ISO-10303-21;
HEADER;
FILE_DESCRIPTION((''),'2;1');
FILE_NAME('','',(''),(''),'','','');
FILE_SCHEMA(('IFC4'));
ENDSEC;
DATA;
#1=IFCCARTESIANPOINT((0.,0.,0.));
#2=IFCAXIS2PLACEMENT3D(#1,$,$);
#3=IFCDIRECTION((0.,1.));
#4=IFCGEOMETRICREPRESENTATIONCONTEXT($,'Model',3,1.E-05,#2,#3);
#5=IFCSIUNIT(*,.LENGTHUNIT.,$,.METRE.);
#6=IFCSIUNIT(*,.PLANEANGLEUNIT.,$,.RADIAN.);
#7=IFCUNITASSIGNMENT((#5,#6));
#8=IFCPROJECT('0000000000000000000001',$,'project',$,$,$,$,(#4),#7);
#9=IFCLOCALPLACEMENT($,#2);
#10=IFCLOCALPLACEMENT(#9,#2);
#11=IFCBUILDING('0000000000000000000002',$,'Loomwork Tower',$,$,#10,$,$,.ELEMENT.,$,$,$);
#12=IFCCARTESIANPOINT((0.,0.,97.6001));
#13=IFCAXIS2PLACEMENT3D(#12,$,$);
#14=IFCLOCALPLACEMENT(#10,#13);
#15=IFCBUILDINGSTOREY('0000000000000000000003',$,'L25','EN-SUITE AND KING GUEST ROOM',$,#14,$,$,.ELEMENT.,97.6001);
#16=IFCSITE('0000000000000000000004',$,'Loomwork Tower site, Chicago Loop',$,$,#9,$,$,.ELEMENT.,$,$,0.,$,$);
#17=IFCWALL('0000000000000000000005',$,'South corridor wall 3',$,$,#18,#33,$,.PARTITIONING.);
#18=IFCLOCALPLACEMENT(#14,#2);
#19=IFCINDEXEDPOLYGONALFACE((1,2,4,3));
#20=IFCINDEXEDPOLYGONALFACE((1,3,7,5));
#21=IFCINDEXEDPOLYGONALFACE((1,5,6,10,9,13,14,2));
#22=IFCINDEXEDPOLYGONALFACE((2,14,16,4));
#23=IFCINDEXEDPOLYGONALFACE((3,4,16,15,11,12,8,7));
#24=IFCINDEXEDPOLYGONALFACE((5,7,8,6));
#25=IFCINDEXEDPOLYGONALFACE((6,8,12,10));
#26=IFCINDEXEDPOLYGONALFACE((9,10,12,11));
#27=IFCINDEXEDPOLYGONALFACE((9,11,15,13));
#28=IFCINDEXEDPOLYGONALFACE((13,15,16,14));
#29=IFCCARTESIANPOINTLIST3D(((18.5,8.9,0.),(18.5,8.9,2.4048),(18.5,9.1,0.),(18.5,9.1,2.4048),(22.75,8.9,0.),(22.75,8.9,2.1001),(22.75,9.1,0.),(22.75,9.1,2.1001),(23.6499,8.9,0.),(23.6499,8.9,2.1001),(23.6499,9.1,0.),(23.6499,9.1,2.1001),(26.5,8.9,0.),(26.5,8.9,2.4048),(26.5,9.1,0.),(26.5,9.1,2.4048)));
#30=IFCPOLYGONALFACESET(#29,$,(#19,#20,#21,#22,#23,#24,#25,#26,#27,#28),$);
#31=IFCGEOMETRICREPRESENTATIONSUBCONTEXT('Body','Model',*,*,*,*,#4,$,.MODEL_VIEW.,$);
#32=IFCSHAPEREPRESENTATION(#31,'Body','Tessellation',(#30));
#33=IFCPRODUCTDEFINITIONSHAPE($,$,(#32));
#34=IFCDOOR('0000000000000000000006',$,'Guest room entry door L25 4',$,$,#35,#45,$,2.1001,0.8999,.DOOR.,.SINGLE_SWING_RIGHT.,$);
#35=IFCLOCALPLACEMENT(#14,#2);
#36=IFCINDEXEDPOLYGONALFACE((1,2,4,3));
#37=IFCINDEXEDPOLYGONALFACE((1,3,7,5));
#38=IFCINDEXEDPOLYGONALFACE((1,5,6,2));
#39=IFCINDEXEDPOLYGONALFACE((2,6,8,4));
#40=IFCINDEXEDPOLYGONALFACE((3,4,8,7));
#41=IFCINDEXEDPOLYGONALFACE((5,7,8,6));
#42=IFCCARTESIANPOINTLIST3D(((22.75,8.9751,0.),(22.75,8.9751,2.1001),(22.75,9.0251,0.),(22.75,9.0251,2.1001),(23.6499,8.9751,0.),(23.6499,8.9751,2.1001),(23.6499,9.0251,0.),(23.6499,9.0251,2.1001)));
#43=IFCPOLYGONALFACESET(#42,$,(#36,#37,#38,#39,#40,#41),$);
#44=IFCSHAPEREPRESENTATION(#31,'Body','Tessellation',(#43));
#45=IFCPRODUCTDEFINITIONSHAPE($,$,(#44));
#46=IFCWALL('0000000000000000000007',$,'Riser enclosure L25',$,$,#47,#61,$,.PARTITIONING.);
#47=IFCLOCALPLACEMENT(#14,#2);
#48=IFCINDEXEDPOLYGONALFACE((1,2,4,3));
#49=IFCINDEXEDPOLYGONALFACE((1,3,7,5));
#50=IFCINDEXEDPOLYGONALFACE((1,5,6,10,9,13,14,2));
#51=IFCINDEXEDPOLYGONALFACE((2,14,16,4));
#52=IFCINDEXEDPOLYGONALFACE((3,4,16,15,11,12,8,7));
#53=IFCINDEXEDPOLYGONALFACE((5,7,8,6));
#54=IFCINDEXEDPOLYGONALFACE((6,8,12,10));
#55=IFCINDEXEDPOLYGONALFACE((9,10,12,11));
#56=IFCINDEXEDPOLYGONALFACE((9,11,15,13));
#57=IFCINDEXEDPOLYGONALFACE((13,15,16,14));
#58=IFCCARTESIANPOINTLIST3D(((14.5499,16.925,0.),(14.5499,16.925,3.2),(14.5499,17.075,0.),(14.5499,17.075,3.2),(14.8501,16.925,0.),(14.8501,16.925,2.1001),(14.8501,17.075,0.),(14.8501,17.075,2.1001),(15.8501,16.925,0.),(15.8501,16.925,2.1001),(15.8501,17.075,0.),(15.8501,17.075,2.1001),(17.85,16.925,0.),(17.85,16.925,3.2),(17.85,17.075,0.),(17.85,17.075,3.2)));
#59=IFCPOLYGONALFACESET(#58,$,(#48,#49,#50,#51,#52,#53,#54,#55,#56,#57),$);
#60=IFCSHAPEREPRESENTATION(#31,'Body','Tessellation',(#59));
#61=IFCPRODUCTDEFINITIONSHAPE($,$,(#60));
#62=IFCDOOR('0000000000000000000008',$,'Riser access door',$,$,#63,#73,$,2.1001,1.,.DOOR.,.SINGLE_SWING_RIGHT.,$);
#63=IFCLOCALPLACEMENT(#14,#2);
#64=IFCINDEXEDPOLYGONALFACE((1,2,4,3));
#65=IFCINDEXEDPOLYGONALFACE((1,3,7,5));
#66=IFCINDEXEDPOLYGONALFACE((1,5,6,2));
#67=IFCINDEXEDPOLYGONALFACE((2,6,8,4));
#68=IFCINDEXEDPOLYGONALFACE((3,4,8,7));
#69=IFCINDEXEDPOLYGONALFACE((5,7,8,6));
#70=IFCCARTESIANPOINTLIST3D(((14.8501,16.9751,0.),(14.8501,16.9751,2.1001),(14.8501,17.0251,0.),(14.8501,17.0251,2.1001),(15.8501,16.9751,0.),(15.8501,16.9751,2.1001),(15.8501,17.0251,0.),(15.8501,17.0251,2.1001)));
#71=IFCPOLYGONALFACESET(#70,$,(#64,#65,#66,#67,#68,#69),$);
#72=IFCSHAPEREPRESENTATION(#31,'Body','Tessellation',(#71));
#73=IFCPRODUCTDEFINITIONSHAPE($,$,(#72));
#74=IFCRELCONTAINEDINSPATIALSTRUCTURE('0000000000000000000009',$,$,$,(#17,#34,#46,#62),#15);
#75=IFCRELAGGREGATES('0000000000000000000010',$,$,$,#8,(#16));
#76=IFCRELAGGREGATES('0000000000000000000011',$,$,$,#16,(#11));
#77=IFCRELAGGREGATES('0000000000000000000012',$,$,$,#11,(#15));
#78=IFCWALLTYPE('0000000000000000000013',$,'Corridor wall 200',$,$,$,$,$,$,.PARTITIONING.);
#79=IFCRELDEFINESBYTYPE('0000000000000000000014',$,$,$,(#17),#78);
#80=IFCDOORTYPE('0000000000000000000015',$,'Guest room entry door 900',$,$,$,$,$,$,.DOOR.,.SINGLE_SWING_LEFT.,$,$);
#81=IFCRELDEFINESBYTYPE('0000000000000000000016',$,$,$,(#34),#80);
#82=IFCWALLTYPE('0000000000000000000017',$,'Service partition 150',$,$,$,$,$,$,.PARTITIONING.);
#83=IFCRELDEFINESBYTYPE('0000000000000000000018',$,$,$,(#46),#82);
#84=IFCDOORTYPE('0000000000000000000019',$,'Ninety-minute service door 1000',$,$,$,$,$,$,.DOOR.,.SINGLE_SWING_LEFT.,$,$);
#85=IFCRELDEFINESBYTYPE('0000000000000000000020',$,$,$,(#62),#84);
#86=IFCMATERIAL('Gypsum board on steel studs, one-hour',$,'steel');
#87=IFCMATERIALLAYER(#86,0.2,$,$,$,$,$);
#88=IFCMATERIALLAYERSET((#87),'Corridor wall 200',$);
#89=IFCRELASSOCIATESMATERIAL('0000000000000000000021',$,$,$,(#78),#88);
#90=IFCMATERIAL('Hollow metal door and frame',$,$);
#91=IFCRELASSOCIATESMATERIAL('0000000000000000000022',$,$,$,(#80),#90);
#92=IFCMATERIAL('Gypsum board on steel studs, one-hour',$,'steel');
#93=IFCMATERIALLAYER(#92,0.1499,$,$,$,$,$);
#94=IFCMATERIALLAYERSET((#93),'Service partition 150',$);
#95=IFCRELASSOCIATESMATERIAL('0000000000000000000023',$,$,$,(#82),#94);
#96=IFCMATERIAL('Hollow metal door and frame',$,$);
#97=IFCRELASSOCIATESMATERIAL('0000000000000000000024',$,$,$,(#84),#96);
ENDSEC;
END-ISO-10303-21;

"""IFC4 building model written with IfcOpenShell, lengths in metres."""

from ifc_helpers import new_model, si_unit, direction, frame, frame_2d, origin, place, context, subcontext, project, spatial, rectangle, extrude, material, layer, layer_set, type_object, element, fill, save


model = new_model("IFC4")

# Units and contexts
model_context = context("Model", 3, precision=1e-05, world=origin(), true_north=direction((0.0, 1.0)))
body_context = subcontext(model_context, "Body", "Model", "MODEL_VIEW")
ifc_project = project(units=[si_unit("LENGTHUNIT", "METRE"), si_unit("PLANEANGLEUNIT", "RADIAN")], contexts=[model_context])

# Site, building, storey
site_placement = place(None, origin())
site = spatial("IfcSite", under=ifc_project, at=site_placement, Name="Loomwork Tower site, Chicago Loop", CompositionType="ELEMENT", RefElevation=0.0)
building_placement = place(site_placement, origin())
building = spatial("IfcBuilding", under=site, at=building_placement, Name="Loomwork Tower", CompositionType="ELEMENT")
storey_placement = place(building_placement, frame((0.0, 0.0, 97.6001)))
storey = spatial("IfcBuildingStorey", under=building, at=storey_placement, Name="L25", Description="EN-SUITE AND KING GUEST ROOM", CompositionType="ELEMENT", Elevation=97.6001)

# Walls, openings, doors
ifc_material_1 = material(Name="Gypsum board on steel studs, one-hour", Category="steel")
ifc_layer_1 = layer(ifc_material_1, 0.2)
ifc_layer_set_1 = layer_set([ifc_layer_1], Name="Corridor wall 200")
wall_type_1 = type_object("IfcWallType", Name="Corridor wall 200", PredefinedType="PARTITIONING", material=ifc_layer_set_1)
wall_1_placement = place(storey_placement, frame((18.5, 9.0, 0.0), z_axis=(0.0, 0.0, 1.0), x_axis=(1.0, 0.0, 0.0)))
wall_1 = element("IfcWall", 1, at=wall_1_placement, inside=storey, type_object=wall_type_1, Name="South corridor wall 3", PredefinedType="PARTITIONING", context=body_context, shape_type="SweptSolid", body=[
    extrude(rectangle(XDim=8.0, YDim=0.2, at=frame_2d((4.0, 0.0))), origin(), (0.0, 0.0, 1.0), 2.4048),
])
opening_1_placement = place(wall_1_placement, frame((4.25, 0.0, 0.0)))
opening_1 = element("IfcOpeningElement", 2, at=opening_1_placement, cuts=wall_1, PredefinedType="OPENING", context=body_context, shape_type="SweptSolid", body=[
    extrude(rectangle(XDim=0.8999, YDim=2.1001, at=frame_2d((0.45, 1.05))), frame((0.0, 0.1099, 0.0), z_axis=(0.0, -1.0, 0.0), x_axis=(1.0, 0.0, 0.0)), (0.0, 0.0, 1.0), 0.22),
])
ifc_material_2 = material(Name="Hollow metal door and frame")
door_type_1 = type_object("IfcDoorType", Name="Guest room entry door 900", OperationType="SINGLE_SWING_LEFT", PredefinedType="DOOR", material=ifc_material_2)
door_1_placement = place(opening_1_placement, frame((0.8999, 0.0, 0.0), z_axis=(0.0, 0.0, 1.0), x_axis=(-1.0, 0.0, 0.0)))
door_1 = element("IfcDoor", 3, at=door_1_placement, inside=storey, type_object=door_type_1, Name="Guest room entry door L25 4", OperationType="SINGLE_SWING_RIGHT", OverallHeight=2.1001, OverallWidth=0.8999, PredefinedType="DOOR", context=body_context, shape_type="SweptSolid", body=[
    extrude(rectangle(XDim=0.8999, YDim=2.1001, at=frame_2d((0.45, 1.05))), frame((0.0, 0.0249, 0.0), z_axis=(0.0, -1.0, 0.0), x_axis=(1.0, 0.0, 0.0)), (0.0, 0.0, 1.0), 0.05),
])
fill(opening_1, door_1)
ifc_material_3 = material(Name="Gypsum board on steel studs, one-hour", Category="steel")
ifc_layer_2 = layer(ifc_material_3, 0.1499)
ifc_layer_set_2 = layer_set([ifc_layer_2], Name="Service partition 150")
wall_type_2 = type_object("IfcWallType", Name="Service partition 150", PredefinedType="PARTITIONING", material=ifc_layer_set_2)
wall_2_placement = place(storey_placement, frame((14.55, 17.0, 0.0), z_axis=(0.0, 0.0, 1.0), x_axis=(1.0, 0.0, 0.0)))
wall_2 = element("IfcWall", 4, at=wall_2_placement, inside=storey, type_object=wall_type_2, Name="Riser enclosure L25", PredefinedType="PARTITIONING", context=body_context, shape_type="SweptSolid", body=[
    extrude(rectangle(XDim=3.3, YDim=0.1499, at=frame_2d((1.6499, 0.0))), origin(), (0.0, 0.0, 1.0), 3.2),
])
opening_2_placement = place(wall_2_placement, frame((0.3, 0.0, 0.0)))
opening_2 = element("IfcOpeningElement", 5, at=opening_2_placement, cuts=wall_2, PredefinedType="OPENING", context=body_context, shape_type="SweptSolid", body=[
    extrude(rectangle(XDim=1.0, YDim=2.1001, at=frame_2d((0.5, 1.05))), frame((0.0, 0.085, 0.0), z_axis=(0.0, -1.0, 0.0), x_axis=(1.0, 0.0, 0.0)), (0.0, 0.0, 1.0), 0.1699),
])
ifc_material_4 = material(Name="Hollow metal door and frame")
door_type_2 = type_object("IfcDoorType", Name="Ninety-minute service door 1000", OperationType="SINGLE_SWING_LEFT", PredefinedType="DOOR", material=ifc_material_4)
door_2_placement = place(opening_2_placement, frame((1.0, 0.0, 0.0), z_axis=(0.0, 0.0, 1.0), x_axis=(-1.0, 0.0, 0.0)))
door_2 = element("IfcDoor", 6, at=door_2_placement, inside=storey, type_object=door_type_2, Name="Riser access door", OperationType="SINGLE_SWING_RIGHT", OverallHeight=2.1001, OverallWidth=1.0, PredefinedType="DOOR", context=body_context, shape_type="SweptSolid", body=[
    extrude(rectangle(XDim=1.0, YDim=2.1001, at=frame_2d((0.5, 1.05))), frame((0.0, 0.0249, 0.0), z_axis=(0.0, -1.0, 0.0), x_axis=(1.0, 0.0, 0.0)), (0.0, 0.0, 1.0), 0.05),
])
fill(opening_2, door_2)

save(model, "model.ifc")
